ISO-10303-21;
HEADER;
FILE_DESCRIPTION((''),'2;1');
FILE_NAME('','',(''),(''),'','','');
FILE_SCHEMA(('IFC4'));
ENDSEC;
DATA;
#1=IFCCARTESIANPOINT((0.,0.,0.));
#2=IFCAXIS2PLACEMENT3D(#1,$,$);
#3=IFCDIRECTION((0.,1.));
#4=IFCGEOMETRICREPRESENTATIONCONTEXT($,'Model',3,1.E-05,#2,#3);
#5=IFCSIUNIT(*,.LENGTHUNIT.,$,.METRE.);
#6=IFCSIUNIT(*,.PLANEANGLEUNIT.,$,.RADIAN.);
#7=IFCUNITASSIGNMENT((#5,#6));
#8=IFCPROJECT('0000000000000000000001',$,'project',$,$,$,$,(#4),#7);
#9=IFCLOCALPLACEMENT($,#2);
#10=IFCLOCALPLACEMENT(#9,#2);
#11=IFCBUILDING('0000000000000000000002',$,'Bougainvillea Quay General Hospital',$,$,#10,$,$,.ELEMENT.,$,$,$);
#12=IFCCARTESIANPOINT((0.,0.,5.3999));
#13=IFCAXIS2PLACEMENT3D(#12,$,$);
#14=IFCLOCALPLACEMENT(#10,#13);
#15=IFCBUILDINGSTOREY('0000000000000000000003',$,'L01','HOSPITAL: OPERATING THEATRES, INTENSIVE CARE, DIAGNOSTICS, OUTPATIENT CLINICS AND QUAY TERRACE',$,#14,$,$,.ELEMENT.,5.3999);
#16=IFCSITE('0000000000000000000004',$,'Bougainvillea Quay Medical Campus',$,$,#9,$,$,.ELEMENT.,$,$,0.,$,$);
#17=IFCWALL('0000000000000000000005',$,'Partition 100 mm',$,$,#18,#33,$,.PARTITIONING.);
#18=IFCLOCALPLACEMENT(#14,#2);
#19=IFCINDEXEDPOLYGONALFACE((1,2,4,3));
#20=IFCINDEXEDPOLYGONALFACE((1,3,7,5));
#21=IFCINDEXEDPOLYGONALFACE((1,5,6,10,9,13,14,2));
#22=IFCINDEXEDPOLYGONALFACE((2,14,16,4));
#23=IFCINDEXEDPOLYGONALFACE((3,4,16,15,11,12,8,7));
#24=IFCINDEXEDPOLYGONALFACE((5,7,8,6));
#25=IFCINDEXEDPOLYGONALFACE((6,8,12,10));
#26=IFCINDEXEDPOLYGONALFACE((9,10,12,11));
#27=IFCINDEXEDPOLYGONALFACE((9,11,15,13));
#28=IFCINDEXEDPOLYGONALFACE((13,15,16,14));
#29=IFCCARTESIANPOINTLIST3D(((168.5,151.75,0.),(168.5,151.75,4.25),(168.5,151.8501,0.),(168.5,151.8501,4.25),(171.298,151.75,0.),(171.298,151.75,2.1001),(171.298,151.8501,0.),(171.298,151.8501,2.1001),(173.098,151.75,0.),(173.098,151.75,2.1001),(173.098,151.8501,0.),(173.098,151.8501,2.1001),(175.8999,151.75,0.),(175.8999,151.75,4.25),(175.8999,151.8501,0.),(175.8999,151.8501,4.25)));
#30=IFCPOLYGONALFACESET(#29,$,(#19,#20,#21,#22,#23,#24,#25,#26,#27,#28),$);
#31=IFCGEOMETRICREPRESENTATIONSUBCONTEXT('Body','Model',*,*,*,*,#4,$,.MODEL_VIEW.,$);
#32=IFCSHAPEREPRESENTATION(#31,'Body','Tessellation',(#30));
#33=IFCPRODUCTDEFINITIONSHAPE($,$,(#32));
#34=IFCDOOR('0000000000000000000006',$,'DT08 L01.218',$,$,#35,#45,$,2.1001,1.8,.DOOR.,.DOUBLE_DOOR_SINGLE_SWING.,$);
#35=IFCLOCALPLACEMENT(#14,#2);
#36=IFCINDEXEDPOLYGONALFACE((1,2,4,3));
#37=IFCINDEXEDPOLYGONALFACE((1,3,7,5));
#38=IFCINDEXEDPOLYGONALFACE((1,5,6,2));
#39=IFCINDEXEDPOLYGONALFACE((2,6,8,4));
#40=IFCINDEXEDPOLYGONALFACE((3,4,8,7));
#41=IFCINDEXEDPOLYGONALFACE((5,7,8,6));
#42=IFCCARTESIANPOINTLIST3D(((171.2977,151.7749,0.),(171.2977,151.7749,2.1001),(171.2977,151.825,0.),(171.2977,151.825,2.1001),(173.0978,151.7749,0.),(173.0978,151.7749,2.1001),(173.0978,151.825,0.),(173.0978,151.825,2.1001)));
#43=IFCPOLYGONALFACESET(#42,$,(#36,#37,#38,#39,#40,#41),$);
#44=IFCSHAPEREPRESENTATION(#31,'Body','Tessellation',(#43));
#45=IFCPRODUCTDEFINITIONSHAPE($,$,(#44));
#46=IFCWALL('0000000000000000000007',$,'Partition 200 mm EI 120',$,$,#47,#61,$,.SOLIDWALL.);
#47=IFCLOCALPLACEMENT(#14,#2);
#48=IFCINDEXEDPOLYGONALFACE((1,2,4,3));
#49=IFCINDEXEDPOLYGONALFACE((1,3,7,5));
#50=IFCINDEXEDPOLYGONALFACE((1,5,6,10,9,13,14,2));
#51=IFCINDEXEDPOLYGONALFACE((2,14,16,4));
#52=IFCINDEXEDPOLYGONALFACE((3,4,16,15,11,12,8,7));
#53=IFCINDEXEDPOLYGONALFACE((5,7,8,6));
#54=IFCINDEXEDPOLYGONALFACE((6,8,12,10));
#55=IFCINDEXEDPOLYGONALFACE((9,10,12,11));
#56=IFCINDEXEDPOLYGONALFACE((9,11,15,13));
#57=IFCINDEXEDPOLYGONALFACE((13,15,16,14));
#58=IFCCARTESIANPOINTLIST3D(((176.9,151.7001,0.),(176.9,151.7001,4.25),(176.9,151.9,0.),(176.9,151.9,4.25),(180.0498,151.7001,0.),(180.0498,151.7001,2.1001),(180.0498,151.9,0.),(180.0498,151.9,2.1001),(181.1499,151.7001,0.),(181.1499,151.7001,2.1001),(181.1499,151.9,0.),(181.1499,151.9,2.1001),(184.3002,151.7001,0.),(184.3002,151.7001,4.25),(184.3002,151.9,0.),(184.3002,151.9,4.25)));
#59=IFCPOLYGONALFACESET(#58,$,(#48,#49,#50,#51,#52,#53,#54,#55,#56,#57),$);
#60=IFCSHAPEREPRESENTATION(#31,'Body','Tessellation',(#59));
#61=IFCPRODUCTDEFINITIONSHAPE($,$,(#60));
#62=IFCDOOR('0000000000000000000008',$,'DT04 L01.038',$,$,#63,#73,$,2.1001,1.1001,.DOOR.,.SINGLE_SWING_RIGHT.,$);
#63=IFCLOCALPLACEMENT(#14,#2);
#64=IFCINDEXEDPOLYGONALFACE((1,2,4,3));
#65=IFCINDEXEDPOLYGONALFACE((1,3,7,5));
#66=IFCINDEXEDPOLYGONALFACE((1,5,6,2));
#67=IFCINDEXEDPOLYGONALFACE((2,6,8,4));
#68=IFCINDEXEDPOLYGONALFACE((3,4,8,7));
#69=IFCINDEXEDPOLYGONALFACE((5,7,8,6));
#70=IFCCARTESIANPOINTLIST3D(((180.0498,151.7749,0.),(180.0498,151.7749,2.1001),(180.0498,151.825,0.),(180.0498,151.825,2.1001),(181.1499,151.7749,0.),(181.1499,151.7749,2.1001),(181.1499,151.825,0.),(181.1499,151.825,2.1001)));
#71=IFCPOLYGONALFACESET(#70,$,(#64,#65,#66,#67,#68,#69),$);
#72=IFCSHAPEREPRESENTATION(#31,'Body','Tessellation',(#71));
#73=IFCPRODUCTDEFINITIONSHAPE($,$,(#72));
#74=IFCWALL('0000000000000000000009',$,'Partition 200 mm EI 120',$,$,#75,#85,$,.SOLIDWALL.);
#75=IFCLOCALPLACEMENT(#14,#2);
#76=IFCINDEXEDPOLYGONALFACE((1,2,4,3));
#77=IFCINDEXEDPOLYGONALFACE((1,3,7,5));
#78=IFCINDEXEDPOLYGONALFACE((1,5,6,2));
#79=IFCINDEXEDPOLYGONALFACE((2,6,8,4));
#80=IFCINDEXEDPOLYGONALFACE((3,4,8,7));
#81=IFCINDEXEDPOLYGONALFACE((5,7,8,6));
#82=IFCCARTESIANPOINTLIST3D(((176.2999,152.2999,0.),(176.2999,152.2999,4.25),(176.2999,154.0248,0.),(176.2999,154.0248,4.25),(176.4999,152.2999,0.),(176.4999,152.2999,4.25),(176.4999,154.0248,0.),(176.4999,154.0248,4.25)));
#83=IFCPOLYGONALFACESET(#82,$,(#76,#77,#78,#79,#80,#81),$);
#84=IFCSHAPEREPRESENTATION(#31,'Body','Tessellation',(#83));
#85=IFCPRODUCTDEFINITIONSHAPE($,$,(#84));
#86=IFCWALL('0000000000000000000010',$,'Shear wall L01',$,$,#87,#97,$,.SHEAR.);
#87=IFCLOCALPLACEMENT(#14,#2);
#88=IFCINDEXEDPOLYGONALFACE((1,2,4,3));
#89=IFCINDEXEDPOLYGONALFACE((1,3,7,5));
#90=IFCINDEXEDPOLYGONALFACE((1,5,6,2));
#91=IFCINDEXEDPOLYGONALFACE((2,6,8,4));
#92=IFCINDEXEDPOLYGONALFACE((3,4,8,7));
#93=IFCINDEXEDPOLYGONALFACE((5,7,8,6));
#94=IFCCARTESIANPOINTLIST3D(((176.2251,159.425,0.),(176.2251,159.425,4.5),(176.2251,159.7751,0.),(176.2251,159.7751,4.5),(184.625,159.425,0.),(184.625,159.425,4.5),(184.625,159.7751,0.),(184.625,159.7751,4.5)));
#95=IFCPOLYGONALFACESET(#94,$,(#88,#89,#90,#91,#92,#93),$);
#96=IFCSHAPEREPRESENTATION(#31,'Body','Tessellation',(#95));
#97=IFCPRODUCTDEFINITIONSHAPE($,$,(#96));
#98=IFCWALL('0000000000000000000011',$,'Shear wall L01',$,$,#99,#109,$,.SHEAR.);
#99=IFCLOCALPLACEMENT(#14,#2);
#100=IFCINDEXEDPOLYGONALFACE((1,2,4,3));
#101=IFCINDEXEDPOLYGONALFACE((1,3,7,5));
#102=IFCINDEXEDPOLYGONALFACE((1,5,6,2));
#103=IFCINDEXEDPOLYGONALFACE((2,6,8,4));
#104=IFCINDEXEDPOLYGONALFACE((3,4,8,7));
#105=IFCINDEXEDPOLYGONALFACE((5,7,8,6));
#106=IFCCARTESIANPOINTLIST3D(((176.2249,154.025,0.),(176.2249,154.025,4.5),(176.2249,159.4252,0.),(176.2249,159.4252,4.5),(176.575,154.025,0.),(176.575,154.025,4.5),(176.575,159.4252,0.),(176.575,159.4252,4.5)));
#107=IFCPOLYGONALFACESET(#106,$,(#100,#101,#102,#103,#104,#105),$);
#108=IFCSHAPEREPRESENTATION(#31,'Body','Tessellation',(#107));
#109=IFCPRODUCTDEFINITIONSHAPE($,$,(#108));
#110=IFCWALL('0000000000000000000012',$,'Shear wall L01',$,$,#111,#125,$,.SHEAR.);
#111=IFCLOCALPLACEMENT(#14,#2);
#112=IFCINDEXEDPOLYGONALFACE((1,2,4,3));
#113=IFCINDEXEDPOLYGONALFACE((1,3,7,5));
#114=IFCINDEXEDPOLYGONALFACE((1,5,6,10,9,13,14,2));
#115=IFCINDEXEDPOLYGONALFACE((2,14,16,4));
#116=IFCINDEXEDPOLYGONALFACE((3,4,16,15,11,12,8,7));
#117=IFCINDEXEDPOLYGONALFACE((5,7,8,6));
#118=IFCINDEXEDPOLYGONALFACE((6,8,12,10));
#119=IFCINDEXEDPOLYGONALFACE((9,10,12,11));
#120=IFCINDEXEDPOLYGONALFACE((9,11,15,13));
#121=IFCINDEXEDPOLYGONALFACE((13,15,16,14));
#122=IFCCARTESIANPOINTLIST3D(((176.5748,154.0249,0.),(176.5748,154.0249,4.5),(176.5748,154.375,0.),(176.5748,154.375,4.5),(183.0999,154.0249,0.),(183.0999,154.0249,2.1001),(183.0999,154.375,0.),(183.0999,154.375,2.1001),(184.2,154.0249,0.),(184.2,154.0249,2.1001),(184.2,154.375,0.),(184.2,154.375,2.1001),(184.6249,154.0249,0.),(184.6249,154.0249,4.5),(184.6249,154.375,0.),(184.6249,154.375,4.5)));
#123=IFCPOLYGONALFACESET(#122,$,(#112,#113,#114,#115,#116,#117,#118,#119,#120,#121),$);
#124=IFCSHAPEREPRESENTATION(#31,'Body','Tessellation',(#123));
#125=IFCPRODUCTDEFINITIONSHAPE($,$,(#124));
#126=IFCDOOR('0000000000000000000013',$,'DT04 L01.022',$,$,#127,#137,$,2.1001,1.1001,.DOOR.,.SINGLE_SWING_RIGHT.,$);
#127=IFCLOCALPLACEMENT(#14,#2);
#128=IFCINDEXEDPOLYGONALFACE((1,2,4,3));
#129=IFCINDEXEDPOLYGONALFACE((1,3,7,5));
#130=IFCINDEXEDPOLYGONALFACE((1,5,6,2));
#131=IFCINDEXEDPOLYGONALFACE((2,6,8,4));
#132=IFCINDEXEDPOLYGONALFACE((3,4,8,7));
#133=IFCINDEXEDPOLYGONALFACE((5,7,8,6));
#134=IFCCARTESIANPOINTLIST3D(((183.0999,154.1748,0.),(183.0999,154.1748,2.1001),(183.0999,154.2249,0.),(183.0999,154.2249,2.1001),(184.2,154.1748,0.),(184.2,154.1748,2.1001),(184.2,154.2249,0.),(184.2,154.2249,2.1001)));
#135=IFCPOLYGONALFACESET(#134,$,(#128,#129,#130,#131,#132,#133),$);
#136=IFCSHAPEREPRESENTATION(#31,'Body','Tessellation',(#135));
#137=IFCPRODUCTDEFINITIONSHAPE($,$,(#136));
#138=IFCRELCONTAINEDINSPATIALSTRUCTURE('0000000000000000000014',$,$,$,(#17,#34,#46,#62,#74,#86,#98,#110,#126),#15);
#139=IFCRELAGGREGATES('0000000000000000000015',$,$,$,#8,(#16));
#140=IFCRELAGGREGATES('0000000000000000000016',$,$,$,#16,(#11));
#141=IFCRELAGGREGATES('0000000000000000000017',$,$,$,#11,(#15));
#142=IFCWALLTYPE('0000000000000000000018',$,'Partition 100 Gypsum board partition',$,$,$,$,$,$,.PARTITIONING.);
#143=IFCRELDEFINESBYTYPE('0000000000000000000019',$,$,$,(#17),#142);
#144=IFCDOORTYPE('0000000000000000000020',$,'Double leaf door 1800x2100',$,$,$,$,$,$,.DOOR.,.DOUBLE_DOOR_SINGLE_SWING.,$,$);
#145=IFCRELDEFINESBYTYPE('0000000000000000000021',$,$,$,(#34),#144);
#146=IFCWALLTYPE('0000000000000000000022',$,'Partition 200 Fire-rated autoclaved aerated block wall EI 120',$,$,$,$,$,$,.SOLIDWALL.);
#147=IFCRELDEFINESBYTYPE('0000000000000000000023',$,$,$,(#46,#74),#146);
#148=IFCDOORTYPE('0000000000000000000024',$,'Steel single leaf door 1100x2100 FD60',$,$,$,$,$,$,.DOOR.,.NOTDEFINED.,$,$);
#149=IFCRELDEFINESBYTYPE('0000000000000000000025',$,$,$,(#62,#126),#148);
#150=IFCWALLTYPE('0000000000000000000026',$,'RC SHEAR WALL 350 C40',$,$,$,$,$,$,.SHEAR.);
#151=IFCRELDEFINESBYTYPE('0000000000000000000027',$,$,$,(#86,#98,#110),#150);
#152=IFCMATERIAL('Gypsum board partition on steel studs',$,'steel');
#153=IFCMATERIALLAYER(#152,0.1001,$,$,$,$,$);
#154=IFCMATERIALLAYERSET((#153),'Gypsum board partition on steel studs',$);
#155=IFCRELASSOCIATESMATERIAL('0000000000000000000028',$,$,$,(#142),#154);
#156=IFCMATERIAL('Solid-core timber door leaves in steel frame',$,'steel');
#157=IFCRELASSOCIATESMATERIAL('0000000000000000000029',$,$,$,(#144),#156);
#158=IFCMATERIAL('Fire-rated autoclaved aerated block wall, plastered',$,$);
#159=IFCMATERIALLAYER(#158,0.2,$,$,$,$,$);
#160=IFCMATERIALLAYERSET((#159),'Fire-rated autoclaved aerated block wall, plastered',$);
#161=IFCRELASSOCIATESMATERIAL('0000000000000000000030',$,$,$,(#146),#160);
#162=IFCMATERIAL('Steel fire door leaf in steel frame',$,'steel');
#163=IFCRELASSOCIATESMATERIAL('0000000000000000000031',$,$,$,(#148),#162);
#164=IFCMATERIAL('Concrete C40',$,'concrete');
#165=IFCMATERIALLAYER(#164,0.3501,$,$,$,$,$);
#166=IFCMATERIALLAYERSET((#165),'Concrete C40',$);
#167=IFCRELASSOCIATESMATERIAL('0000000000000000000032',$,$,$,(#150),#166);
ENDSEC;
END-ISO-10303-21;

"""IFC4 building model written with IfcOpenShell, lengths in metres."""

from ifc_helpers import new_model, si_unit, direction, frame, frame_2d, origin, place, context, subcontext, project, spatial, rectangle, extrude, material, layer, layer_set, type_object, element, fill, save


model = new_model("IFC4")

# Units and contexts
model_context = context("Model", 3, precision=1e-05, world=origin(), true_north=direction((0.0, 1.0)))
body_context = subcontext(model_context, "Body", "Model", "MODEL_VIEW")
ifc_project = project(units=[si_unit("LENGTHUNIT", "METRE"), si_unit("PLANEANGLEUNIT", "RADIAN")], contexts=[model_context])

# Site, building, storey
site_placement = place(None, origin())
site = spatial("IfcSite", under=ifc_project, at=site_placement, Name="Bougainvillea Quay Medical Campus", CompositionType="ELEMENT", RefElevation=0.0)
building_placement = place(site_placement, origin())
building = spatial("IfcBuilding", under=site, at=building_placement, Name="Bougainvillea Quay General Hospital", CompositionType="ELEMENT")
storey_placement = place(building_placement, frame((0.0, 0.0, 5.3999)))
storey = spatial("IfcBuildingStorey", under=building, at=storey_placement, Name="L01", Description="HOSPITAL: OPERATING THEATRES, INTENSIVE CARE, DIAGNOSTICS, OUTPATIENT CLINICS AND QUAY TERRACE", CompositionType="ELEMENT", Elevation=5.3999)

# Shared definitions
ifc_material_1 = material(Name="Concrete C40", Category="concrete")

# Shared definitions
ifc_material_2 = material(Name="Gypsum board partition on steel studs", Category="steel")
ifc_layer_1 = layer(ifc_material_2, 0.1001)
ifc_layer_set_1 = layer_set([ifc_layer_1], Name="Gypsum board partition on steel studs")
wall_type_1 = type_object("IfcWallType", Name="Partition 100 Gypsum board partition", PredefinedType="PARTITIONING", material=ifc_layer_set_1)
ifc_material_3 = material(Name="Solid-core timber door leaves in steel frame", Category="steel")

# Walls, openings, doors
wall_1_placement = place(storey_placement, frame((175.8999, 151.8, 0.0), z_axis=(0.0, 0.0, 1.0), x_axis=(-1.0, 0.0, 0.0)))
wall_1 = element("IfcWall", 1, at=wall_1_placement, inside=storey, type_object=wall_type_1, Name="Partition 100 mm", PredefinedType="PARTITIONING", context=body_context, shape_type="SweptSolid", body=[
    extrude(rectangle(XDim=7.3999, YDim=0.1001, at=frame_2d((3.7, 0.0))), origin(), (0.0, 0.0, 1.0), 4.25),
])
opening_1_placement = place(wall_1_placement, frame((2.802, 0.0, 0.0)))
opening_1 = element("IfcOpeningElement", 2, at=opening_1_placement, cuts=wall_1, PredefinedType="OPENING", context=body_context, shape_type="SweptSolid", body=[
    extrude(rectangle(XDim=1.8, YDim=2.1001, at=frame_2d((0.8999, 1.05))), frame((0.0, 0.0601, 0.0), z_axis=(0.0, -1.0, 0.0), x_axis=(1.0, 0.0, 0.0)), (0.0, 0.0, 1.0), 0.1201),
])
door_type_1 = type_object("IfcDoorType", Name="Double leaf door 1800x2100", OperationType="DOUBLE_DOOR_SINGLE_SWING", PredefinedType="DOOR", material=ifc_material_3)
door_1_placement = place(opening_1_placement, frame((1.8, 0.0, 0.0), z_axis=(0.0, 0.0, 1.0), x_axis=(-1.0, 0.0, 0.0)))
door_1 = element("IfcDoor", 3, at=door_1_placement, inside=storey, type_object=door_type_1, Name="DT08 L01.218", OperationType="DOUBLE_DOOR_SINGLE_SWING", OverallHeight=2.1001, OverallWidth=1.8, PredefinedType="DOOR", context=body_context, shape_type="SweptSolid", body=[
    extrude(rectangle(XDim=1.8, YDim=2.1001, at=frame_2d((0.8999, 1.05))), frame((0.0, 0.0249, 0.0), z_axis=(0.0, -1.0, 0.0), x_axis=(1.0, 0.0, 0.0)), (0.0, 0.0, 1.0), 0.05),
])
fill(opening_1, door_1)
ifc_material_4 = material(Name="Fire-rated autoclaved aerated block wall, plastered")
ifc_layer_2 = layer(ifc_material_4, 0.2)
ifc_layer_set_2 = layer_set([ifc_layer_2], Name="Fire-rated autoclaved aerated block wall, plastered")
wall_type_2 = type_object("IfcWallType", Name="Partition 200 Fire-rated autoclaved aerated block wall EI 120", PredefinedType="SOLIDWALL", material=ifc_layer_set_2)
wall_2_placement = place(storey_placement, frame((176.8999, 151.8, 0.0), z_axis=(0.0, 0.0, 1.0), x_axis=(1.0, 0.0, 0.0)))
wall_2 = element("IfcWall", 4, at=wall_2_placement, inside=storey, type_object=wall_type_2, Name="Partition 200 mm EI 120", PredefinedType="SOLIDWALL", context=body_context, shape_type="SweptSolid", body=[
    extrude(rectangle(XDim=7.4001, YDim=0.2, at=frame_2d((3.7002, 0.0))), origin(), (0.0, 0.0, 1.0), 4.25),
])
opening_2_placement = place(wall_2_placement, frame((3.1499, 0.0, 0.0)))
opening_2 = element("IfcOpeningElement", 5, at=opening_2_placement, cuts=wall_2, PredefinedType="OPENING", context=body_context, shape_type="SweptSolid", body=[
    extrude(rectangle(XDim=1.1001, YDim=2.1001, at=frame_2d((0.55, 1.05))), frame((0.0, 0.1099, 0.0), z_axis=(0.0, -1.0, 0.0), x_axis=(1.0, 0.0, 0.0)), (0.0, 0.0, 1.0), 0.22),
])
ifc_material_5 = material(Name="Steel fire door leaf in steel frame", Category="steel")
door_type_2 = type_object("IfcDoorType", Name="Steel single leaf door 1100x2100 FD60", OperationType="NOTDEFINED", PredefinedType="DOOR", material=ifc_material_5)
door_2_placement = place(opening_2_placement, origin())
door_2 = element("IfcDoor", 6, at=door_2_placement, inside=storey, type_object=door_type_2, Name="DT04 L01.038", OperationType="SINGLE_SWING_RIGHT", OverallHeight=2.1001, OverallWidth=1.1001, PredefinedType="DOOR", context=body_context, shape_type="SweptSolid", body=[
    extrude(rectangle(XDim=1.1001, YDim=2.1001, at=frame_2d((0.55, 1.05))), frame((0.0, 0.0249, 0.0), z_axis=(0.0, -1.0, 0.0), x_axis=(1.0, 0.0, 0.0)), (0.0, 0.0, 1.0), 0.05),
])
fill(opening_2, door_2)

# Walls
wall_3_placement = place(storey_placement, frame((176.3999, 152.3, 0.0), z_axis=(0.0, 0.0, 1.0), x_axis=(0.0, 1.0, 0.0)))
element("IfcWall", 7, at=wall_3_placement, inside=storey, type_object=wall_type_2, Name="Partition 200 mm EI 120", PredefinedType="SOLIDWALL", context=body_context, shape_type="SweptSolid", body=[
    extrude(rectangle(XDim=1.7249, YDim=0.2, at=frame_2d((0.8623, 0.0))), origin(), (0.0, 0.0, 1.0), 4.25),
])
ifc_layer_3 = layer(ifc_material_1, 0.3501)
ifc_layer_set_3 = layer_set([ifc_layer_3], Name="Concrete C40")
wall_type_3 = type_object("IfcWallType", Name="RC SHEAR WALL 350 C40", PredefinedType="SHEAR", material=ifc_layer_set_3)
wall_4_placement = place(storey_placement, frame((176.2251, 159.6001, 0.0), z_axis=(0.0, 0.0, 1.0), x_axis=(1.0, 0.0, 0.0)))
element("IfcWall", 8, at=wall_4_placement, inside=storey, type_object=wall_type_3, Name="Shear wall L01", PredefinedType="SHEAR", context=body_context, shape_type="SweptSolid", body=[
    extrude(rectangle(XDim=8.3999, YDim=0.3501, at=frame_2d((4.2, 0.0))), origin(), (0.0, 0.0, 1.0), 4.5),
])
wall_5_placement = place(storey_placement, frame((176.3999, 154.0249, 0.0), z_axis=(0.0, 0.0, 1.0), x_axis=(0.0, 1.0, 0.0)))
element("IfcWall", 9, at=wall_5_placement, inside=storey, type_object=wall_type_3, Name="Shear wall L01", PredefinedType="SHEAR", context=body_context, shape_type="SweptSolid", body=[
    extrude(rectangle(XDim=5.4001, YDim=0.3501, at=frame_2d((2.7002, 0.0))), origin(), (0.0, 0.0, 1.0), 4.5),
])

# Wall, opening, door
wall_6_placement = place(storey_placement, frame((176.575, 154.2, 0.0), z_axis=(0.0, 0.0, 1.0), x_axis=(1.0, 0.0, 0.0)))
wall_6 = element("IfcWall", 10, at=wall_6_placement, inside=storey, type_object=wall_type_3, Name="Shear wall L01", PredefinedType="SHEAR", context=body_context, shape_type="SweptSolid", body=[
    extrude(rectangle(XDim=8.05, YDim=0.3501, at=frame_2d((4.0249, 0.0))), origin(), (0.0, 0.0, 1.0), 4.5),
])
opening_3_placement = place(wall_6_placement, frame((6.5249, 0.0, 0.0)))
opening_3 = element("IfcOpeningElement", 11, at=opening_3_placement, cuts=wall_6, PredefinedType="OPENING", context=body_context, shape_type="SweptSolid", body=[
    extrude(rectangle(XDim=1.1001, YDim=2.1001, at=frame_2d((0.55, 1.05))), frame((0.0, 0.1851, 0.0), z_axis=(0.0, -1.0, 0.0), x_axis=(1.0, 0.0, 0.0)), (0.0, 0.0, 1.0), 0.3701),
])
door_3_placement = place(opening_3_placement, origin())
door_3 = element("IfcDoor", 12, at=door_3_placement, inside=storey, type_object=door_type_2, Name="DT04 L01.022", OperationType="SINGLE_SWING_RIGHT", OverallHeight=2.1001, OverallWidth=1.1001, PredefinedType="DOOR", context=body_context, shape_type="SweptSolid", body=[
    extrude(rectangle(XDim=1.1001, YDim=2.1001, at=frame_2d((0.55, 1.05))), frame((0.0, 0.0249, 0.0), z_axis=(0.0, -1.0, 0.0), x_axis=(1.0, 0.0, 0.0)), (0.0, 0.0, 1.0), 0.05),
])
fill(opening_3, door_3)

save(model, "model.ifc")
